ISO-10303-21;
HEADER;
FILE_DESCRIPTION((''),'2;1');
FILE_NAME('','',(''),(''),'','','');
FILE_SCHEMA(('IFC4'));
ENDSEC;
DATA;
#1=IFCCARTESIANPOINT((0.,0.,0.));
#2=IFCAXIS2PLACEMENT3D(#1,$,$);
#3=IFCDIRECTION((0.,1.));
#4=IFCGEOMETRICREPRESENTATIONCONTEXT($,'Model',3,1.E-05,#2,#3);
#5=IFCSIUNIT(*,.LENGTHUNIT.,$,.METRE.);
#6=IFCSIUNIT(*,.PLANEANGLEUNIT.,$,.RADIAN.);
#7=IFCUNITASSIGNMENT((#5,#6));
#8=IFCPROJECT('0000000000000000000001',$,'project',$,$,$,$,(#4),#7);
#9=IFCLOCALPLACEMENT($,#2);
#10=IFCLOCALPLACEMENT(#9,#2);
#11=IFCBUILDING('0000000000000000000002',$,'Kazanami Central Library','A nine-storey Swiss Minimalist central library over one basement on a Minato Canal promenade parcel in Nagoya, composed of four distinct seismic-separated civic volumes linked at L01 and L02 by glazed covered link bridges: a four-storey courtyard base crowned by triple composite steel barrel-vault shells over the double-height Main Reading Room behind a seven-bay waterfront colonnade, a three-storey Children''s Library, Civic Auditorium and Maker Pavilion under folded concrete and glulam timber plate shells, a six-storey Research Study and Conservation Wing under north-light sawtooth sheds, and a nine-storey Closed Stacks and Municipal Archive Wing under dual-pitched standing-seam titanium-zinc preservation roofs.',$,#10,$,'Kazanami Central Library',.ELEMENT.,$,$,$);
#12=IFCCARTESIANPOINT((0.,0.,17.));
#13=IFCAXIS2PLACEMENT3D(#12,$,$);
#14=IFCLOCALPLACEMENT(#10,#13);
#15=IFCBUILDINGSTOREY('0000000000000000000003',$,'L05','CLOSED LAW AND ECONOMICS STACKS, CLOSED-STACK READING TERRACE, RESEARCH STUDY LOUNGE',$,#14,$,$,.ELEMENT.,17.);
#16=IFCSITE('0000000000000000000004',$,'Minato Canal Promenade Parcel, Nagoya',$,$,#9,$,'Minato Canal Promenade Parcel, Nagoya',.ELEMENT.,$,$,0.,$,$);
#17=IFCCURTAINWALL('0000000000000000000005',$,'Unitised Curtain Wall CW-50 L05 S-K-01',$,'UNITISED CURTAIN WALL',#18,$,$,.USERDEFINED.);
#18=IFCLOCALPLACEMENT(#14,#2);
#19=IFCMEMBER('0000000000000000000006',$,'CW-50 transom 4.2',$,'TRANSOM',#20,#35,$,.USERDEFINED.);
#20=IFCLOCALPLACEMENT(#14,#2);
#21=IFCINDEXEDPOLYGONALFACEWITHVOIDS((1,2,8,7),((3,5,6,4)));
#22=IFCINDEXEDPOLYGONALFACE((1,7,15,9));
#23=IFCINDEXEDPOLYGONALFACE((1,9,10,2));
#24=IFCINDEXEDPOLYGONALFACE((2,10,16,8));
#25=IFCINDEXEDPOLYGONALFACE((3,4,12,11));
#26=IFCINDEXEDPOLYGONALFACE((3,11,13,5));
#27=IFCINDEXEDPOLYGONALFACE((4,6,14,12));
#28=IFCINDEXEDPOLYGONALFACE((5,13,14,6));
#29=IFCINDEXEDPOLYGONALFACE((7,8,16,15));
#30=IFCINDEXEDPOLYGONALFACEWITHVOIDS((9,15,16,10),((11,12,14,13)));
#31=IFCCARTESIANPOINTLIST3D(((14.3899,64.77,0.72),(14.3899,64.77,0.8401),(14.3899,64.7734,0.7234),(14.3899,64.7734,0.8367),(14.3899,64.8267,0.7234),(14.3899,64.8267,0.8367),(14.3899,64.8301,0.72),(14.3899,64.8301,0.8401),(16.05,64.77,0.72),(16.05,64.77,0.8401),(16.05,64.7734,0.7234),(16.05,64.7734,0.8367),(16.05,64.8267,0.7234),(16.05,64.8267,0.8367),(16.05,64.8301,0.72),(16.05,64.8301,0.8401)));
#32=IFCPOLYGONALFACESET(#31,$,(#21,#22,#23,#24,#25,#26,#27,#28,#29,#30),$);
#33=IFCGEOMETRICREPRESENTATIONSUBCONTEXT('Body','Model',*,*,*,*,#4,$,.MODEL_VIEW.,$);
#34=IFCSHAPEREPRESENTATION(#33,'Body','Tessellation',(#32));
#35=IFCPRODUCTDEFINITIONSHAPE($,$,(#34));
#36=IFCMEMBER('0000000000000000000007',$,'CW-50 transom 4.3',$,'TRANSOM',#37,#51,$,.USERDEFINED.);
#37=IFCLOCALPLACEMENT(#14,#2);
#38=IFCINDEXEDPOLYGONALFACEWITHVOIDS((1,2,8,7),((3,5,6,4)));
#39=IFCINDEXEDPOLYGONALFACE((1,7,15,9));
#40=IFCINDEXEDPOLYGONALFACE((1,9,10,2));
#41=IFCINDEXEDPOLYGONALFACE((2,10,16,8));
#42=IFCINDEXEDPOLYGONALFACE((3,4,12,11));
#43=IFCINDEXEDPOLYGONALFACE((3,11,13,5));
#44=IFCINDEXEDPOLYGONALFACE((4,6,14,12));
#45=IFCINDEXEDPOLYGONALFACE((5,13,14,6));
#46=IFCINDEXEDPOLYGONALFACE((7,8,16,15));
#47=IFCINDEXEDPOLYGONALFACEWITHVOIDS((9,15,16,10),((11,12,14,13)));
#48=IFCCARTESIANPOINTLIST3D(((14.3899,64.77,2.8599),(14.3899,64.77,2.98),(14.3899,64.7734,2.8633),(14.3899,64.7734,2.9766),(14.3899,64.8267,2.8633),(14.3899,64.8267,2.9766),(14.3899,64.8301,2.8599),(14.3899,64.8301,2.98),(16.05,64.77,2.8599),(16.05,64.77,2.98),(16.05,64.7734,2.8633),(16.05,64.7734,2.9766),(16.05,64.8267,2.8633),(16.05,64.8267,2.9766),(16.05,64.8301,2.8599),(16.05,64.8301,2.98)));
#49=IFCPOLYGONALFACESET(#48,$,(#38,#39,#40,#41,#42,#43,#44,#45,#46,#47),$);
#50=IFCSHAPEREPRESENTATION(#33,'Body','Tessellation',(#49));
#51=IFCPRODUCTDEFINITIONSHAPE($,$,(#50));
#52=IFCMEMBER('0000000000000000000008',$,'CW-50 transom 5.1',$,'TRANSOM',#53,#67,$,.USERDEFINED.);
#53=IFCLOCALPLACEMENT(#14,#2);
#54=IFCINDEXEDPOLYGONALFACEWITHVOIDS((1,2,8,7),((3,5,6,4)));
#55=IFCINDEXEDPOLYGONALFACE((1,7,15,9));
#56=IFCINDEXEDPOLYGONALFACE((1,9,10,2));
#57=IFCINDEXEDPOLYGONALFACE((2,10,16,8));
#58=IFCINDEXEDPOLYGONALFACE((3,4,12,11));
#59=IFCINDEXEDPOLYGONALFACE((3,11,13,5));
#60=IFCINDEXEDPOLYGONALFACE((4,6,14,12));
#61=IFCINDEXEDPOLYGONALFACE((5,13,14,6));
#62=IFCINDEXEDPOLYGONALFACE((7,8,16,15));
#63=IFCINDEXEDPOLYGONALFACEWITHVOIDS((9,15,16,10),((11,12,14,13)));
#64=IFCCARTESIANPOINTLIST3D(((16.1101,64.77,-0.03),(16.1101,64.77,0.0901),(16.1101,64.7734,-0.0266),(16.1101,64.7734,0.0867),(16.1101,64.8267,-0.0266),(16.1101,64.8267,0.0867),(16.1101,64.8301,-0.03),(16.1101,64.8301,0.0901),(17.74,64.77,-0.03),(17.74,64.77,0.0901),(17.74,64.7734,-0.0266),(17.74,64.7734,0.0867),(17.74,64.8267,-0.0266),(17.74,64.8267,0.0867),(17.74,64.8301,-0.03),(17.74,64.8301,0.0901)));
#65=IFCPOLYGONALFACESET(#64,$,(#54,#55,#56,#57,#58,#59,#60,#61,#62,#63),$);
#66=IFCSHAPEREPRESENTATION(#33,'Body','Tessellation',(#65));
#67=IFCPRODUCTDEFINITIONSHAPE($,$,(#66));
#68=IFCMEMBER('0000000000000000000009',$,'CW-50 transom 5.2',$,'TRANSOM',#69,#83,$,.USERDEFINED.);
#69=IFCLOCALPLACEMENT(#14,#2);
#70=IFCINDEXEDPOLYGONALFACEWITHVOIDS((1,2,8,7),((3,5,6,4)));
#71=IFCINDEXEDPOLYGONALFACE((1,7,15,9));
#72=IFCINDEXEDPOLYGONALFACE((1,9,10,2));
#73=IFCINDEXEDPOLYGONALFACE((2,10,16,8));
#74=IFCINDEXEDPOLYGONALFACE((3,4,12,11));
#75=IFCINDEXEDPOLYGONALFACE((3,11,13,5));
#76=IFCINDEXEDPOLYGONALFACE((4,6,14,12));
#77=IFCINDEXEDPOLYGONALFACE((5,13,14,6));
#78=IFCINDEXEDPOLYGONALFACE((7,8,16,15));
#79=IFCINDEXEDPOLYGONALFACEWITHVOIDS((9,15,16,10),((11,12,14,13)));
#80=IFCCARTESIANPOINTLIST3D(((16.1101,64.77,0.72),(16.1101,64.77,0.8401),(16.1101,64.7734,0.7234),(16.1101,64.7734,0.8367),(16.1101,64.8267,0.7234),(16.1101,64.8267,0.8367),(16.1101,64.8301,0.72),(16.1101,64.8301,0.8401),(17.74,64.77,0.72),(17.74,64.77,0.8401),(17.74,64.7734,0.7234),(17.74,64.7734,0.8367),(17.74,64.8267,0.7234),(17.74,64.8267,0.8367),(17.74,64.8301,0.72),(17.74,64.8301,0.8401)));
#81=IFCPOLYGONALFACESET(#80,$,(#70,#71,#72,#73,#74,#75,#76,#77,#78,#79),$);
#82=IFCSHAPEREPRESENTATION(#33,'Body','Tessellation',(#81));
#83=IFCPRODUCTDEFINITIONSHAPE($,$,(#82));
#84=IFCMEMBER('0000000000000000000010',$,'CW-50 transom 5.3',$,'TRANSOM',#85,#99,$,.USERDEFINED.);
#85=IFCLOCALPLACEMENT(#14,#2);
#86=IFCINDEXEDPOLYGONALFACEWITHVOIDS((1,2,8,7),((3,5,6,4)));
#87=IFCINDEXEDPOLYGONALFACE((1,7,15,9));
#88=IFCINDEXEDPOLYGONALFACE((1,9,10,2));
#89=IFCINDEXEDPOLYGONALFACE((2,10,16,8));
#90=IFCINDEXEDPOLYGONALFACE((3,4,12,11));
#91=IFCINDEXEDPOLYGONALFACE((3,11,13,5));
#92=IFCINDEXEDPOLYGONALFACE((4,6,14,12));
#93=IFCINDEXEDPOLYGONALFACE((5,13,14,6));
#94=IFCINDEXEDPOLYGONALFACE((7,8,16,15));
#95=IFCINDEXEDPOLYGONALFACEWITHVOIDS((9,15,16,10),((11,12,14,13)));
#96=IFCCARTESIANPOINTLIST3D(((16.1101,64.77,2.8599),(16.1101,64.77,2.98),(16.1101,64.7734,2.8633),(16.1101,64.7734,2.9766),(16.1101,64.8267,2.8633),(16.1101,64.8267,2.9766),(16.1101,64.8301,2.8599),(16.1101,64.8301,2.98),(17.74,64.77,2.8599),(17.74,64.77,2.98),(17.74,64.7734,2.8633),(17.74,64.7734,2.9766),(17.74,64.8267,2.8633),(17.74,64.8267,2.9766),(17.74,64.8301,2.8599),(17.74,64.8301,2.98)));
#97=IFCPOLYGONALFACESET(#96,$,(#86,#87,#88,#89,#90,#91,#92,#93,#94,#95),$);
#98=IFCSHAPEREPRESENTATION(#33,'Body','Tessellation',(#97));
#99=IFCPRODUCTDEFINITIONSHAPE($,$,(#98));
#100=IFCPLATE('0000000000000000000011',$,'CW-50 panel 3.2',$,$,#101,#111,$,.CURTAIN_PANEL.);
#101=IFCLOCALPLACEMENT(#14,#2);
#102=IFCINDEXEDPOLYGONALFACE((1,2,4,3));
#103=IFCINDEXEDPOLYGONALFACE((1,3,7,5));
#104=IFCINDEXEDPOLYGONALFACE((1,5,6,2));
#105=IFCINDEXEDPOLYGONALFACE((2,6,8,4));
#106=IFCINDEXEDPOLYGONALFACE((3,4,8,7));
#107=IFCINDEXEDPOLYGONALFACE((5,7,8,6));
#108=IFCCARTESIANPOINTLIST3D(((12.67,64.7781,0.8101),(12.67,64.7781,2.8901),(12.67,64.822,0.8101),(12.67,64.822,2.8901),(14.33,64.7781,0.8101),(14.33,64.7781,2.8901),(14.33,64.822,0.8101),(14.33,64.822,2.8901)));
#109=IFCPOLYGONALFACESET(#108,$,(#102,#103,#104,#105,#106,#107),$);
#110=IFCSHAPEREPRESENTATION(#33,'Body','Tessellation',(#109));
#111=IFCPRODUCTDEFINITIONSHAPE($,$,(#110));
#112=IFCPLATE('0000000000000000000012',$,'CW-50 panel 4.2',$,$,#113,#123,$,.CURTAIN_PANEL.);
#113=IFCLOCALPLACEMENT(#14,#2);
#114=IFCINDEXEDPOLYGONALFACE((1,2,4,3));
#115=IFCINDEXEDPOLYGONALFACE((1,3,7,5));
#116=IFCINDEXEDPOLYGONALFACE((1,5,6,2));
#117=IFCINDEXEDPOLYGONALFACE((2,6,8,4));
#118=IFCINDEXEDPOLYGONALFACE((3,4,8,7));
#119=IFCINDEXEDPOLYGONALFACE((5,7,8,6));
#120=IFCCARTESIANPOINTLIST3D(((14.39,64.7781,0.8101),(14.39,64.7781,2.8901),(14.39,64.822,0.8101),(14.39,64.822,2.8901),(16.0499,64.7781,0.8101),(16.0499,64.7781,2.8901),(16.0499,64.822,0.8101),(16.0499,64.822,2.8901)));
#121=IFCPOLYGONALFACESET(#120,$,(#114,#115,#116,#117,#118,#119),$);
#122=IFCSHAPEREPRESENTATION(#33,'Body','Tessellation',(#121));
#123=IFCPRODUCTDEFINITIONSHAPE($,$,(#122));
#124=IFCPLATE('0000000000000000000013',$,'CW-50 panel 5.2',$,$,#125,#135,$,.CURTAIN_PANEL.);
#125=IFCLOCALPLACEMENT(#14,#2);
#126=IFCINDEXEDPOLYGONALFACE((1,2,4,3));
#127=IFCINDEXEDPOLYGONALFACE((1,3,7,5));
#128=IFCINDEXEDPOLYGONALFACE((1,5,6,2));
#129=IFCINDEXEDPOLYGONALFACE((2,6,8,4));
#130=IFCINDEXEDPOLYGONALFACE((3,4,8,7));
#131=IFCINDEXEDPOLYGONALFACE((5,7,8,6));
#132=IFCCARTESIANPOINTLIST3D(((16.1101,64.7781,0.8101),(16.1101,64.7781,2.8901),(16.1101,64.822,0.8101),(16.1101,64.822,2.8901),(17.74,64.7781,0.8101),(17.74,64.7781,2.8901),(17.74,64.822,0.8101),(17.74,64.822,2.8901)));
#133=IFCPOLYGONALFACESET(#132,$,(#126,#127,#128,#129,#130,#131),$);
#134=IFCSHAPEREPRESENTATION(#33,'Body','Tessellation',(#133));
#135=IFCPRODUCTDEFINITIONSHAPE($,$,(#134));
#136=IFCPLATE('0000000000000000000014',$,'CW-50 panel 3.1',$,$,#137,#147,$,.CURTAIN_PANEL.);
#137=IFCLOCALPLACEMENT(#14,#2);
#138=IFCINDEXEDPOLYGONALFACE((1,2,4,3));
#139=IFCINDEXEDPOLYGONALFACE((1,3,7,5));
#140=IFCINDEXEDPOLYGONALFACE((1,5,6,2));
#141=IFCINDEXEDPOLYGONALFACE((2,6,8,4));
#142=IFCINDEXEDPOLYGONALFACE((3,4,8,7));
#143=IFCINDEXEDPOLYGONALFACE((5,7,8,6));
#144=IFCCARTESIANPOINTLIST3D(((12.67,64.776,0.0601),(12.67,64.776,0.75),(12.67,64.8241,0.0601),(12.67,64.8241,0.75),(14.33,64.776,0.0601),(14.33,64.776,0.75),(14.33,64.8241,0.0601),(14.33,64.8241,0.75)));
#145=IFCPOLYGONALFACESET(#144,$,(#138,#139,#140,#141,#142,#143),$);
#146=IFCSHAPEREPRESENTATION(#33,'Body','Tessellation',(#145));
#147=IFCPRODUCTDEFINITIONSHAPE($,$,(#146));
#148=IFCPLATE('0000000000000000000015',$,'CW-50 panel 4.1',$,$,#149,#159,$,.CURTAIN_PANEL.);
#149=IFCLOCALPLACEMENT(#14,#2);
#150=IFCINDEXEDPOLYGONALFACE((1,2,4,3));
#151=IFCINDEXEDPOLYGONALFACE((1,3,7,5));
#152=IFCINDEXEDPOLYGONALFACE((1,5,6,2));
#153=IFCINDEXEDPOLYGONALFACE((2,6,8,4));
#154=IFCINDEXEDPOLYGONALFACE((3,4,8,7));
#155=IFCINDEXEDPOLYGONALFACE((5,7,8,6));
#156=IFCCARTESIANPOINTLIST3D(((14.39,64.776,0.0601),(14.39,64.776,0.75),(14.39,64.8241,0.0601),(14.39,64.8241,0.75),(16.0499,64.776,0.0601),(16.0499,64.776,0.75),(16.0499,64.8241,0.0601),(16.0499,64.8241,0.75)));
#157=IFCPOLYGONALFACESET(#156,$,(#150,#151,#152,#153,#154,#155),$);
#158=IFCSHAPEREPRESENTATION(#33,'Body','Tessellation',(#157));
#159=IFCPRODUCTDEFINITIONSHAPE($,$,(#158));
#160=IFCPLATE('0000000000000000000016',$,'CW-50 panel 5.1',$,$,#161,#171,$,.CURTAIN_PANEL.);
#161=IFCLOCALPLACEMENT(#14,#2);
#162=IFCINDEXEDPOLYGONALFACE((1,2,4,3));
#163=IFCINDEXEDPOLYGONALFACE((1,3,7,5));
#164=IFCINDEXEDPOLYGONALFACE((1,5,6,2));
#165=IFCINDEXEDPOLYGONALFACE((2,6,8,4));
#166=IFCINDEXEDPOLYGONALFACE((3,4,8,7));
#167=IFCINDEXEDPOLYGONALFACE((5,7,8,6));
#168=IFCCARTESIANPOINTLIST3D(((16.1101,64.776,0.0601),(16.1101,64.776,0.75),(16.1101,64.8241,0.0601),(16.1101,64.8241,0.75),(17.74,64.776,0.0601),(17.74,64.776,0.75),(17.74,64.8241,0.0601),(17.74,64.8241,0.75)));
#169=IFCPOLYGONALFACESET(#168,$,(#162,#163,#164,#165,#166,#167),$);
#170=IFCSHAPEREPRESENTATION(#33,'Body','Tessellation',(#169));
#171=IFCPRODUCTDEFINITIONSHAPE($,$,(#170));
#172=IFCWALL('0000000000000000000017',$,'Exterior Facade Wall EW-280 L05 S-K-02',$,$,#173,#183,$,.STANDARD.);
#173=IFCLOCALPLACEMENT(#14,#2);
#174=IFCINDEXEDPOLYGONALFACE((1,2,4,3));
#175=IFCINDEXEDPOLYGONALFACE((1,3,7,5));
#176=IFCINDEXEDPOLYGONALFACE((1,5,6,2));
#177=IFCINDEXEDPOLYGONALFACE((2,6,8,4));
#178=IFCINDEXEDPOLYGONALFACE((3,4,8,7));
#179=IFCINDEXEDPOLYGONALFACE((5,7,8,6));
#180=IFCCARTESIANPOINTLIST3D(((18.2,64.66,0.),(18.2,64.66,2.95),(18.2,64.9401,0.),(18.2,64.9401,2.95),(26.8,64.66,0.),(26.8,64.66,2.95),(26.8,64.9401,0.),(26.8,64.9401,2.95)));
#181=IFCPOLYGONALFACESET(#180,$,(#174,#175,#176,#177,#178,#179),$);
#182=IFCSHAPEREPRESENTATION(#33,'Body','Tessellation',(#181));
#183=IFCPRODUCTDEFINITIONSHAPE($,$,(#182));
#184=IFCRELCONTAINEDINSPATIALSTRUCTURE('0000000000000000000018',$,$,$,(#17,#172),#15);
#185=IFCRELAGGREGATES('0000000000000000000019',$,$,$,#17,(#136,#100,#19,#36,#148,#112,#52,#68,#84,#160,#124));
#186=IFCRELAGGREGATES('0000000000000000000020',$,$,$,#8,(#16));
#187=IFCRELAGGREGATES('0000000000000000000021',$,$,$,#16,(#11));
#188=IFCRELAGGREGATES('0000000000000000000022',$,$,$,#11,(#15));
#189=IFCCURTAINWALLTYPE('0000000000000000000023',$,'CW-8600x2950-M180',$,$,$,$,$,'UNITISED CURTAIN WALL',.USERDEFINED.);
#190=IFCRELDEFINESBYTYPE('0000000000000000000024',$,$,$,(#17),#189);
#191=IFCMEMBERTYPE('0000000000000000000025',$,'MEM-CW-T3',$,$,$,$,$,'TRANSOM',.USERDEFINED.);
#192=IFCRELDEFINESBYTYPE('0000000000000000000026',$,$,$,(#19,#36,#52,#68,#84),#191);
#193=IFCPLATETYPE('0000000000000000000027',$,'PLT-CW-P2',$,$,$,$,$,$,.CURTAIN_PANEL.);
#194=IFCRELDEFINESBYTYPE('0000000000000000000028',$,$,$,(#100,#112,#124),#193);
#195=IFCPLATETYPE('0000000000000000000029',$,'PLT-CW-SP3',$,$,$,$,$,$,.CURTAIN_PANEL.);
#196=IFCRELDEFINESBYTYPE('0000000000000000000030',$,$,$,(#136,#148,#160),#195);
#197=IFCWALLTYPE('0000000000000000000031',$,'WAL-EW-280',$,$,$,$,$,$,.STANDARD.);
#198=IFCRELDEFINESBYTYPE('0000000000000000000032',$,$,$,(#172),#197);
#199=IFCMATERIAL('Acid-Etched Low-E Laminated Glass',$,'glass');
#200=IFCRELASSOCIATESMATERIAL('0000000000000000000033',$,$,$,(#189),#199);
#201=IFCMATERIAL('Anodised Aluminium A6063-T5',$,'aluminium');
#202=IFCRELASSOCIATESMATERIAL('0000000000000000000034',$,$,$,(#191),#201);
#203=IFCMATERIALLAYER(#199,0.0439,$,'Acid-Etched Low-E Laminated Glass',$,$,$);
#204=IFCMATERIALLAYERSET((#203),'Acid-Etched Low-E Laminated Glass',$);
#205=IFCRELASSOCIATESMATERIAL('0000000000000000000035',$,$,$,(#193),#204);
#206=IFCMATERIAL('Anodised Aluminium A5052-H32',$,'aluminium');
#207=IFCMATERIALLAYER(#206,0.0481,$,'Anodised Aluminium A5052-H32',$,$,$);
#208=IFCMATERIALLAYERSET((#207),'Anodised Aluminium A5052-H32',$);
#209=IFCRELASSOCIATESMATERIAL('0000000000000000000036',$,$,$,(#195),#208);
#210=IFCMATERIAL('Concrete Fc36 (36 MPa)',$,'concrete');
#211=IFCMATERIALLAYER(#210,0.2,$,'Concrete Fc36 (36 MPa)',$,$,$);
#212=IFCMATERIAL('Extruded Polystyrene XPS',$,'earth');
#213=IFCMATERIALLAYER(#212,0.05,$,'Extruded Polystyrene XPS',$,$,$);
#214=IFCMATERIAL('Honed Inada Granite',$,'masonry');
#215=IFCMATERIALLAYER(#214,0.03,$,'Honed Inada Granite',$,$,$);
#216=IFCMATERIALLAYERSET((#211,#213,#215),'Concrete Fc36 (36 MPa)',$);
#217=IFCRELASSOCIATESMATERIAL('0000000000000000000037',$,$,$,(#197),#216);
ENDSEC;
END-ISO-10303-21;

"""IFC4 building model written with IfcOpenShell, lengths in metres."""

from ifc_helpers import new_model, si_unit, direction, frame, frame_2d, origin, origin_2d, place, context, subcontext, project, spatial, rectangle, hollow_rectangle, extrude, material, layer, layer_set, material_profile, profile_set, type_object, element, aggregate, save


model = new_model("IFC4")

# Units and contexts
model_context = context("Model", 3, precision=1e-05, world=origin(), true_north=direction((0.0, 1.0)))
body_context = subcontext(model_context, "Body", "Model", "MODEL_VIEW")
ifc_project = project(units=[si_unit("LENGTHUNIT", "METRE"), si_unit("PLANEANGLEUNIT", "RADIAN")], contexts=[model_context])

# Site, building, storey
site_placement = place(None, origin())
site = spatial("IfcSite", under=ifc_project, at=site_placement, Name="Minato Canal Promenade Parcel, Nagoya", LongName="Minato Canal Promenade Parcel, Nagoya", CompositionType="ELEMENT", RefElevation=0.0)
building_placement = place(site_placement, origin())
building = spatial("IfcBuilding", under=site, at=building_placement, Name="Kazanami Central Library", Description="A nine-storey Swiss Minimalist central library over one basement on a Minato Canal promenade parcel in Nagoya, composed of four distinct seismic-separated civic volumes linked at L01 and L02 by glazed covered link bridges: a four-storey courtyard base crowned by triple composite steel barrel-vault shells over the double-height Main Reading Room behind a seven-bay waterfront colonnade, a three-storey Children's Library, Civic Auditorium and Maker Pavilion under folded concrete and glulam timber plate shells, a six-storey Research Study and Conservation Wing under north-light sawtooth sheds, and a nine-storey Closed Stacks and Municipal Archive Wing under dual-pitched standing-seam titanium-zinc preservation roofs.", LongName="Kazanami Central Library", CompositionType="ELEMENT")
storey_placement = place(building_placement, frame((0.0, 0.0, 17.0)))
storey = spatial("IfcBuildingStorey", under=building, at=storey_placement, Name="L05", Description="CLOSED LAW AND ECONOMICS STACKS, CLOSED-STACK READING TERRACE, RESEARCH STUDY LOUNGE", CompositionType="ELEMENT", Elevation=17.0)

# Curtain wall, members, plates
ifc_material_1 = material(Name="Acid-Etched Low-E Laminated Glass", Category="glass")
curtain_wall_type = type_object("IfcCurtainWallType", Name="CW-8600x2950-M180", ElementType="UNITISED CURTAIN WALL", PredefinedType="USERDEFINED", material=ifc_material_1)
curtain_wall_placement = place(storey_placement, origin())
curtain_wall = element("IfcCurtainWall", 1, at=curtain_wall_placement, inside=storey, type_object=curtain_wall_type, Name="Unitised Curtain Wall CW-50 L05 S-K-01", ObjectType="UNITISED CURTAIN WALL", PredefinedType="USERDEFINED")
ifc_material_2 = material(Name="Anodised Aluminium A6063-T5", Category="aluminium")
ifc_material_profile_1 = material_profile(ifc_material_2, hollow_rectangle(XDim=0.0601, YDim=0.1201, WallThickness=0.0034, at=origin_2d()), Name="ALU-TRAN-60x120x3.5")
ifc_profile_set_1 = profile_set([ifc_material_profile_1], Name="Anodised Aluminium A6063-T5")
member_type_1 = type_object("IfcMemberType", Name="MEM-CW-T3", ElementType="TRANSOM", PredefinedType="USERDEFINED", material=ifc_profile_set_1)
member_1_placement = place(storey_placement, frame((14.3899, 64.8, 0.78), z_axis=(1.0, 0.0, 0.0), x_axis=(0.0, 1.0, 0.0)))
member_1 = element("IfcMember", 2, at=member_1_placement, type_object=member_type_1, Name="CW-50 transom 4.2", ObjectType="TRANSOM", PredefinedType="USERDEFINED", context=body_context, shape_type="SweptSolid", body=[
    extrude(hollow_rectangle(XDim=0.0601, YDim=0.1201, WallThickness=0.0034, at=origin_2d()), origin(), (0.0, 0.0, 1.0), 1.6602),
])
member_2_placement = place(storey_placement, frame((14.3899, 64.8, 2.9199), z_axis=(1.0, 0.0, 0.0), x_axis=(0.0, 1.0, 0.0)))
member_2 = element("IfcMember", 3, at=member_2_placement, type_object=member_type_1, Name="CW-50 transom 4.3", ObjectType="TRANSOM", PredefinedType="USERDEFINED", context=body_context, shape_type="SweptSolid", body=[
    extrude(hollow_rectangle(XDim=0.0601, YDim=0.1201, WallThickness=0.0034, at=origin_2d()), origin(), (0.0, 0.0, 1.0), 1.6602),
])
member_3_placement = place(storey_placement, frame((16.1101, 64.8, 0.03), z_axis=(1.0, 0.0, 0.0), x_axis=(0.0, 1.0, 0.0)))
member_3 = element("IfcMember", 4, at=member_3_placement, type_object=member_type_1, Name="CW-50 transom 5.1", ObjectType="TRANSOM", PredefinedType="USERDEFINED", context=body_context, shape_type="SweptSolid", body=[
    extrude(hollow_rectangle(XDim=0.0601, YDim=0.1201, WallThickness=0.0034, at=origin_2d()), origin(), (0.0, 0.0, 1.0), 1.6299),
])
member_4_placement = place(storey_placement, frame((16.1101, 64.8, 0.78), z_axis=(1.0, 0.0, 0.0), x_axis=(0.0, 1.0, 0.0)))
member_4 = element("IfcMember", 5, at=member_4_placement, type_object=member_type_1, Name="CW-50 transom 5.2", ObjectType="TRANSOM", PredefinedType="USERDEFINED", context=body_context, shape_type="SweptSolid", body=[
    extrude(hollow_rectangle(XDim=0.0601, YDim=0.1201, WallThickness=0.0034, at=origin_2d()), origin(), (0.0, 0.0, 1.0), 1.6299),
])
member_5_placement = place(storey_placement, frame((16.1101, 64.8, 2.9199), z_axis=(1.0, 0.0, 0.0), x_axis=(0.0, 1.0, 0.0)))
member_5 = element("IfcMember", 6, at=member_5_placement, type_object=member_type_1, Name="CW-50 transom 5.3", ObjectType="TRANSOM", PredefinedType="USERDEFINED", context=body_context, shape_type="SweptSolid", body=[
    extrude(hollow_rectangle(XDim=0.0601, YDim=0.1201, WallThickness=0.0034, at=origin_2d()), origin(), (0.0, 0.0, 1.0), 1.6299),
])
ifc_layer_1 = layer(ifc_material_1, 0.0439, Name="Acid-Etched Low-E Laminated Glass")
ifc_layer_set_1 = layer_set([ifc_layer_1], Name="Acid-Etched Low-E Laminated Glass")
plate_type_1 = type_object("IfcPlateType", Name="PLT-CW-P2", PredefinedType="CURTAIN_PANEL", material=ifc_layer_set_1)
plate_1_placement = place(storey_placement, frame((13.5, 64.8, 0.8101), z_axis=(0.0, 0.0, 1.0), x_axis=(1.0, 0.0, 0.0)))
plate_1 = element("IfcPlate", 7, at=plate_1_placement, type_object=plate_type_1, Name="CW-50 panel 3.2", PredefinedType="CURTAIN_PANEL", context=body_context, shape_type="SweptSolid", body=[
    extrude(rectangle(XDim=1.6599, YDim=0.0439, at=origin_2d()), origin(), (0.0, 0.0, 1.0), 2.0801),
])
plate_2_placement = place(storey_placement, frame((15.22, 64.8, 0.8101), z_axis=(0.0, 0.0, 1.0), x_axis=(1.0, 0.0, 0.0)))
plate_2 = element("IfcPlate", 8, at=plate_2_placement, type_object=plate_type_1, Name="CW-50 panel 4.2", PredefinedType="CURTAIN_PANEL", context=body_context, shape_type="SweptSolid", body=[
    extrude(rectangle(XDim=1.6599, YDim=0.0439, at=origin_2d()), origin(), (0.0, 0.0, 1.0), 2.0801),
])
plate_3_placement = place(storey_placement, frame((16.925, 64.8, 0.8101), z_axis=(0.0, 0.0, 1.0), x_axis=(1.0, 0.0, 0.0)))
plate_3 = element("IfcPlate", 9, at=plate_3_placement, type_object=plate_type_1, Name="CW-50 panel 5.2", PredefinedType="CURTAIN_PANEL", context=body_context, shape_type="SweptSolid", body=[
    extrude(rectangle(XDim=1.6299, YDim=0.0439, at=origin_2d()), origin(), (0.0, 0.0, 1.0), 2.0801),
])
ifc_material_3 = material(Name="Anodised Aluminium A5052-H32", Category="aluminium")
ifc_layer_2 = layer(ifc_material_3, 0.0481, Name="Anodised Aluminium A5052-H32")
ifc_layer_set_2 = layer_set([ifc_layer_2], Name="Anodised Aluminium A5052-H32")
plate_type_2 = type_object("IfcPlateType", Name="PLT-CW-SP3", PredefinedType="CURTAIN_PANEL", material=ifc_layer_set_2)
plate_4_placement = place(storey_placement, frame((13.5, 64.8, 0.0601), z_axis=(0.0, 0.0, 1.0), x_axis=(1.0, 0.0, 0.0)))
plate_4 = element("IfcPlate", 10, at=plate_4_placement, type_object=plate_type_2, Name="CW-50 panel 3.1", PredefinedType="CURTAIN_PANEL", context=body_context, shape_type="SweptSolid", body=[
    extrude(rectangle(XDim=1.6599, YDim=0.0481, at=origin_2d()), origin(), (0.0, 0.0, 1.0), 0.6899),
])
plate_5_placement = place(storey_placement, frame((15.22, 64.8, 0.0601), z_axis=(0.0, 0.0, 1.0), x_axis=(1.0, 0.0, 0.0)))
plate_5 = element("IfcPlate", 11, at=plate_5_placement, type_object=plate_type_2, Name="CW-50 panel 4.1", PredefinedType="CURTAIN_PANEL", context=body_context, shape_type="SweptSolid", body=[
    extrude(rectangle(XDim=1.6599, YDim=0.0481, at=origin_2d()), origin(), (0.0, 0.0, 1.0), 0.6899),
])
plate_6_placement = place(storey_placement, frame((16.925, 64.8, 0.0601), z_axis=(0.0, 0.0, 1.0), x_axis=(1.0, 0.0, 0.0)))
plate_6 = element("IfcPlate", 12, at=plate_6_placement, type_object=plate_type_2, Name="CW-50 panel 5.1", PredefinedType="CURTAIN_PANEL", context=body_context, shape_type="SweptSolid", body=[
    extrude(rectangle(XDim=1.6299, YDim=0.0481, at=origin_2d()), origin(), (0.0, 0.0, 1.0), 0.6899),
])
aggregate(curtain_wall, [plate_4, plate_1, member_1, member_2, plate_5, plate_2, member_3, member_4, member_5, plate_6, plate_3])

# Wall
ifc_material_4 = material(Name="Concrete Fc36 (36 MPa)", Category="concrete")
ifc_layer_3 = layer(ifc_material_4, 0.2, Name="Concrete Fc36 (36 MPa)")
ifc_material_5 = material(Name="Extruded Polystyrene XPS", Category="earth")
ifc_layer_4 = layer(ifc_material_5, 0.05, Name="Extruded Polystyrene XPS")
ifc_material_6 = material(Name="Honed Inada Granite", Category="masonry")
ifc_layer_5 = layer(ifc_material_6, 0.03, Name="Honed Inada Granite")
ifc_layer_set_3 = layer_set([ifc_layer_3, ifc_layer_4, ifc_layer_5], Name="Concrete Fc36 (36 MPa)")
wall_type_1 = type_object("IfcWallType", Name="WAL-EW-280", PredefinedType="STANDARD", material=ifc_layer_set_3)
wall_1_placement = place(storey_placement, frame((18.2, 64.8, 0.0), z_axis=(0.0, 0.0, 1.0), x_axis=(1.0, 0.0, 0.0)))
element("IfcWall", 13, at=wall_1_placement, inside=storey, type_object=wall_type_1, Name="Exterior Facade Wall EW-280 L05 S-K-02", PredefinedType="STANDARD", context=body_context, shape_type="SweptSolid", body=[
    extrude(rectangle(XDim=8.6001, YDim=0.28, at=frame_2d((4.3, 0.0))), origin(), (0.0, 0.0, 1.0), 2.95),
])

save(model, "model.ifc")
